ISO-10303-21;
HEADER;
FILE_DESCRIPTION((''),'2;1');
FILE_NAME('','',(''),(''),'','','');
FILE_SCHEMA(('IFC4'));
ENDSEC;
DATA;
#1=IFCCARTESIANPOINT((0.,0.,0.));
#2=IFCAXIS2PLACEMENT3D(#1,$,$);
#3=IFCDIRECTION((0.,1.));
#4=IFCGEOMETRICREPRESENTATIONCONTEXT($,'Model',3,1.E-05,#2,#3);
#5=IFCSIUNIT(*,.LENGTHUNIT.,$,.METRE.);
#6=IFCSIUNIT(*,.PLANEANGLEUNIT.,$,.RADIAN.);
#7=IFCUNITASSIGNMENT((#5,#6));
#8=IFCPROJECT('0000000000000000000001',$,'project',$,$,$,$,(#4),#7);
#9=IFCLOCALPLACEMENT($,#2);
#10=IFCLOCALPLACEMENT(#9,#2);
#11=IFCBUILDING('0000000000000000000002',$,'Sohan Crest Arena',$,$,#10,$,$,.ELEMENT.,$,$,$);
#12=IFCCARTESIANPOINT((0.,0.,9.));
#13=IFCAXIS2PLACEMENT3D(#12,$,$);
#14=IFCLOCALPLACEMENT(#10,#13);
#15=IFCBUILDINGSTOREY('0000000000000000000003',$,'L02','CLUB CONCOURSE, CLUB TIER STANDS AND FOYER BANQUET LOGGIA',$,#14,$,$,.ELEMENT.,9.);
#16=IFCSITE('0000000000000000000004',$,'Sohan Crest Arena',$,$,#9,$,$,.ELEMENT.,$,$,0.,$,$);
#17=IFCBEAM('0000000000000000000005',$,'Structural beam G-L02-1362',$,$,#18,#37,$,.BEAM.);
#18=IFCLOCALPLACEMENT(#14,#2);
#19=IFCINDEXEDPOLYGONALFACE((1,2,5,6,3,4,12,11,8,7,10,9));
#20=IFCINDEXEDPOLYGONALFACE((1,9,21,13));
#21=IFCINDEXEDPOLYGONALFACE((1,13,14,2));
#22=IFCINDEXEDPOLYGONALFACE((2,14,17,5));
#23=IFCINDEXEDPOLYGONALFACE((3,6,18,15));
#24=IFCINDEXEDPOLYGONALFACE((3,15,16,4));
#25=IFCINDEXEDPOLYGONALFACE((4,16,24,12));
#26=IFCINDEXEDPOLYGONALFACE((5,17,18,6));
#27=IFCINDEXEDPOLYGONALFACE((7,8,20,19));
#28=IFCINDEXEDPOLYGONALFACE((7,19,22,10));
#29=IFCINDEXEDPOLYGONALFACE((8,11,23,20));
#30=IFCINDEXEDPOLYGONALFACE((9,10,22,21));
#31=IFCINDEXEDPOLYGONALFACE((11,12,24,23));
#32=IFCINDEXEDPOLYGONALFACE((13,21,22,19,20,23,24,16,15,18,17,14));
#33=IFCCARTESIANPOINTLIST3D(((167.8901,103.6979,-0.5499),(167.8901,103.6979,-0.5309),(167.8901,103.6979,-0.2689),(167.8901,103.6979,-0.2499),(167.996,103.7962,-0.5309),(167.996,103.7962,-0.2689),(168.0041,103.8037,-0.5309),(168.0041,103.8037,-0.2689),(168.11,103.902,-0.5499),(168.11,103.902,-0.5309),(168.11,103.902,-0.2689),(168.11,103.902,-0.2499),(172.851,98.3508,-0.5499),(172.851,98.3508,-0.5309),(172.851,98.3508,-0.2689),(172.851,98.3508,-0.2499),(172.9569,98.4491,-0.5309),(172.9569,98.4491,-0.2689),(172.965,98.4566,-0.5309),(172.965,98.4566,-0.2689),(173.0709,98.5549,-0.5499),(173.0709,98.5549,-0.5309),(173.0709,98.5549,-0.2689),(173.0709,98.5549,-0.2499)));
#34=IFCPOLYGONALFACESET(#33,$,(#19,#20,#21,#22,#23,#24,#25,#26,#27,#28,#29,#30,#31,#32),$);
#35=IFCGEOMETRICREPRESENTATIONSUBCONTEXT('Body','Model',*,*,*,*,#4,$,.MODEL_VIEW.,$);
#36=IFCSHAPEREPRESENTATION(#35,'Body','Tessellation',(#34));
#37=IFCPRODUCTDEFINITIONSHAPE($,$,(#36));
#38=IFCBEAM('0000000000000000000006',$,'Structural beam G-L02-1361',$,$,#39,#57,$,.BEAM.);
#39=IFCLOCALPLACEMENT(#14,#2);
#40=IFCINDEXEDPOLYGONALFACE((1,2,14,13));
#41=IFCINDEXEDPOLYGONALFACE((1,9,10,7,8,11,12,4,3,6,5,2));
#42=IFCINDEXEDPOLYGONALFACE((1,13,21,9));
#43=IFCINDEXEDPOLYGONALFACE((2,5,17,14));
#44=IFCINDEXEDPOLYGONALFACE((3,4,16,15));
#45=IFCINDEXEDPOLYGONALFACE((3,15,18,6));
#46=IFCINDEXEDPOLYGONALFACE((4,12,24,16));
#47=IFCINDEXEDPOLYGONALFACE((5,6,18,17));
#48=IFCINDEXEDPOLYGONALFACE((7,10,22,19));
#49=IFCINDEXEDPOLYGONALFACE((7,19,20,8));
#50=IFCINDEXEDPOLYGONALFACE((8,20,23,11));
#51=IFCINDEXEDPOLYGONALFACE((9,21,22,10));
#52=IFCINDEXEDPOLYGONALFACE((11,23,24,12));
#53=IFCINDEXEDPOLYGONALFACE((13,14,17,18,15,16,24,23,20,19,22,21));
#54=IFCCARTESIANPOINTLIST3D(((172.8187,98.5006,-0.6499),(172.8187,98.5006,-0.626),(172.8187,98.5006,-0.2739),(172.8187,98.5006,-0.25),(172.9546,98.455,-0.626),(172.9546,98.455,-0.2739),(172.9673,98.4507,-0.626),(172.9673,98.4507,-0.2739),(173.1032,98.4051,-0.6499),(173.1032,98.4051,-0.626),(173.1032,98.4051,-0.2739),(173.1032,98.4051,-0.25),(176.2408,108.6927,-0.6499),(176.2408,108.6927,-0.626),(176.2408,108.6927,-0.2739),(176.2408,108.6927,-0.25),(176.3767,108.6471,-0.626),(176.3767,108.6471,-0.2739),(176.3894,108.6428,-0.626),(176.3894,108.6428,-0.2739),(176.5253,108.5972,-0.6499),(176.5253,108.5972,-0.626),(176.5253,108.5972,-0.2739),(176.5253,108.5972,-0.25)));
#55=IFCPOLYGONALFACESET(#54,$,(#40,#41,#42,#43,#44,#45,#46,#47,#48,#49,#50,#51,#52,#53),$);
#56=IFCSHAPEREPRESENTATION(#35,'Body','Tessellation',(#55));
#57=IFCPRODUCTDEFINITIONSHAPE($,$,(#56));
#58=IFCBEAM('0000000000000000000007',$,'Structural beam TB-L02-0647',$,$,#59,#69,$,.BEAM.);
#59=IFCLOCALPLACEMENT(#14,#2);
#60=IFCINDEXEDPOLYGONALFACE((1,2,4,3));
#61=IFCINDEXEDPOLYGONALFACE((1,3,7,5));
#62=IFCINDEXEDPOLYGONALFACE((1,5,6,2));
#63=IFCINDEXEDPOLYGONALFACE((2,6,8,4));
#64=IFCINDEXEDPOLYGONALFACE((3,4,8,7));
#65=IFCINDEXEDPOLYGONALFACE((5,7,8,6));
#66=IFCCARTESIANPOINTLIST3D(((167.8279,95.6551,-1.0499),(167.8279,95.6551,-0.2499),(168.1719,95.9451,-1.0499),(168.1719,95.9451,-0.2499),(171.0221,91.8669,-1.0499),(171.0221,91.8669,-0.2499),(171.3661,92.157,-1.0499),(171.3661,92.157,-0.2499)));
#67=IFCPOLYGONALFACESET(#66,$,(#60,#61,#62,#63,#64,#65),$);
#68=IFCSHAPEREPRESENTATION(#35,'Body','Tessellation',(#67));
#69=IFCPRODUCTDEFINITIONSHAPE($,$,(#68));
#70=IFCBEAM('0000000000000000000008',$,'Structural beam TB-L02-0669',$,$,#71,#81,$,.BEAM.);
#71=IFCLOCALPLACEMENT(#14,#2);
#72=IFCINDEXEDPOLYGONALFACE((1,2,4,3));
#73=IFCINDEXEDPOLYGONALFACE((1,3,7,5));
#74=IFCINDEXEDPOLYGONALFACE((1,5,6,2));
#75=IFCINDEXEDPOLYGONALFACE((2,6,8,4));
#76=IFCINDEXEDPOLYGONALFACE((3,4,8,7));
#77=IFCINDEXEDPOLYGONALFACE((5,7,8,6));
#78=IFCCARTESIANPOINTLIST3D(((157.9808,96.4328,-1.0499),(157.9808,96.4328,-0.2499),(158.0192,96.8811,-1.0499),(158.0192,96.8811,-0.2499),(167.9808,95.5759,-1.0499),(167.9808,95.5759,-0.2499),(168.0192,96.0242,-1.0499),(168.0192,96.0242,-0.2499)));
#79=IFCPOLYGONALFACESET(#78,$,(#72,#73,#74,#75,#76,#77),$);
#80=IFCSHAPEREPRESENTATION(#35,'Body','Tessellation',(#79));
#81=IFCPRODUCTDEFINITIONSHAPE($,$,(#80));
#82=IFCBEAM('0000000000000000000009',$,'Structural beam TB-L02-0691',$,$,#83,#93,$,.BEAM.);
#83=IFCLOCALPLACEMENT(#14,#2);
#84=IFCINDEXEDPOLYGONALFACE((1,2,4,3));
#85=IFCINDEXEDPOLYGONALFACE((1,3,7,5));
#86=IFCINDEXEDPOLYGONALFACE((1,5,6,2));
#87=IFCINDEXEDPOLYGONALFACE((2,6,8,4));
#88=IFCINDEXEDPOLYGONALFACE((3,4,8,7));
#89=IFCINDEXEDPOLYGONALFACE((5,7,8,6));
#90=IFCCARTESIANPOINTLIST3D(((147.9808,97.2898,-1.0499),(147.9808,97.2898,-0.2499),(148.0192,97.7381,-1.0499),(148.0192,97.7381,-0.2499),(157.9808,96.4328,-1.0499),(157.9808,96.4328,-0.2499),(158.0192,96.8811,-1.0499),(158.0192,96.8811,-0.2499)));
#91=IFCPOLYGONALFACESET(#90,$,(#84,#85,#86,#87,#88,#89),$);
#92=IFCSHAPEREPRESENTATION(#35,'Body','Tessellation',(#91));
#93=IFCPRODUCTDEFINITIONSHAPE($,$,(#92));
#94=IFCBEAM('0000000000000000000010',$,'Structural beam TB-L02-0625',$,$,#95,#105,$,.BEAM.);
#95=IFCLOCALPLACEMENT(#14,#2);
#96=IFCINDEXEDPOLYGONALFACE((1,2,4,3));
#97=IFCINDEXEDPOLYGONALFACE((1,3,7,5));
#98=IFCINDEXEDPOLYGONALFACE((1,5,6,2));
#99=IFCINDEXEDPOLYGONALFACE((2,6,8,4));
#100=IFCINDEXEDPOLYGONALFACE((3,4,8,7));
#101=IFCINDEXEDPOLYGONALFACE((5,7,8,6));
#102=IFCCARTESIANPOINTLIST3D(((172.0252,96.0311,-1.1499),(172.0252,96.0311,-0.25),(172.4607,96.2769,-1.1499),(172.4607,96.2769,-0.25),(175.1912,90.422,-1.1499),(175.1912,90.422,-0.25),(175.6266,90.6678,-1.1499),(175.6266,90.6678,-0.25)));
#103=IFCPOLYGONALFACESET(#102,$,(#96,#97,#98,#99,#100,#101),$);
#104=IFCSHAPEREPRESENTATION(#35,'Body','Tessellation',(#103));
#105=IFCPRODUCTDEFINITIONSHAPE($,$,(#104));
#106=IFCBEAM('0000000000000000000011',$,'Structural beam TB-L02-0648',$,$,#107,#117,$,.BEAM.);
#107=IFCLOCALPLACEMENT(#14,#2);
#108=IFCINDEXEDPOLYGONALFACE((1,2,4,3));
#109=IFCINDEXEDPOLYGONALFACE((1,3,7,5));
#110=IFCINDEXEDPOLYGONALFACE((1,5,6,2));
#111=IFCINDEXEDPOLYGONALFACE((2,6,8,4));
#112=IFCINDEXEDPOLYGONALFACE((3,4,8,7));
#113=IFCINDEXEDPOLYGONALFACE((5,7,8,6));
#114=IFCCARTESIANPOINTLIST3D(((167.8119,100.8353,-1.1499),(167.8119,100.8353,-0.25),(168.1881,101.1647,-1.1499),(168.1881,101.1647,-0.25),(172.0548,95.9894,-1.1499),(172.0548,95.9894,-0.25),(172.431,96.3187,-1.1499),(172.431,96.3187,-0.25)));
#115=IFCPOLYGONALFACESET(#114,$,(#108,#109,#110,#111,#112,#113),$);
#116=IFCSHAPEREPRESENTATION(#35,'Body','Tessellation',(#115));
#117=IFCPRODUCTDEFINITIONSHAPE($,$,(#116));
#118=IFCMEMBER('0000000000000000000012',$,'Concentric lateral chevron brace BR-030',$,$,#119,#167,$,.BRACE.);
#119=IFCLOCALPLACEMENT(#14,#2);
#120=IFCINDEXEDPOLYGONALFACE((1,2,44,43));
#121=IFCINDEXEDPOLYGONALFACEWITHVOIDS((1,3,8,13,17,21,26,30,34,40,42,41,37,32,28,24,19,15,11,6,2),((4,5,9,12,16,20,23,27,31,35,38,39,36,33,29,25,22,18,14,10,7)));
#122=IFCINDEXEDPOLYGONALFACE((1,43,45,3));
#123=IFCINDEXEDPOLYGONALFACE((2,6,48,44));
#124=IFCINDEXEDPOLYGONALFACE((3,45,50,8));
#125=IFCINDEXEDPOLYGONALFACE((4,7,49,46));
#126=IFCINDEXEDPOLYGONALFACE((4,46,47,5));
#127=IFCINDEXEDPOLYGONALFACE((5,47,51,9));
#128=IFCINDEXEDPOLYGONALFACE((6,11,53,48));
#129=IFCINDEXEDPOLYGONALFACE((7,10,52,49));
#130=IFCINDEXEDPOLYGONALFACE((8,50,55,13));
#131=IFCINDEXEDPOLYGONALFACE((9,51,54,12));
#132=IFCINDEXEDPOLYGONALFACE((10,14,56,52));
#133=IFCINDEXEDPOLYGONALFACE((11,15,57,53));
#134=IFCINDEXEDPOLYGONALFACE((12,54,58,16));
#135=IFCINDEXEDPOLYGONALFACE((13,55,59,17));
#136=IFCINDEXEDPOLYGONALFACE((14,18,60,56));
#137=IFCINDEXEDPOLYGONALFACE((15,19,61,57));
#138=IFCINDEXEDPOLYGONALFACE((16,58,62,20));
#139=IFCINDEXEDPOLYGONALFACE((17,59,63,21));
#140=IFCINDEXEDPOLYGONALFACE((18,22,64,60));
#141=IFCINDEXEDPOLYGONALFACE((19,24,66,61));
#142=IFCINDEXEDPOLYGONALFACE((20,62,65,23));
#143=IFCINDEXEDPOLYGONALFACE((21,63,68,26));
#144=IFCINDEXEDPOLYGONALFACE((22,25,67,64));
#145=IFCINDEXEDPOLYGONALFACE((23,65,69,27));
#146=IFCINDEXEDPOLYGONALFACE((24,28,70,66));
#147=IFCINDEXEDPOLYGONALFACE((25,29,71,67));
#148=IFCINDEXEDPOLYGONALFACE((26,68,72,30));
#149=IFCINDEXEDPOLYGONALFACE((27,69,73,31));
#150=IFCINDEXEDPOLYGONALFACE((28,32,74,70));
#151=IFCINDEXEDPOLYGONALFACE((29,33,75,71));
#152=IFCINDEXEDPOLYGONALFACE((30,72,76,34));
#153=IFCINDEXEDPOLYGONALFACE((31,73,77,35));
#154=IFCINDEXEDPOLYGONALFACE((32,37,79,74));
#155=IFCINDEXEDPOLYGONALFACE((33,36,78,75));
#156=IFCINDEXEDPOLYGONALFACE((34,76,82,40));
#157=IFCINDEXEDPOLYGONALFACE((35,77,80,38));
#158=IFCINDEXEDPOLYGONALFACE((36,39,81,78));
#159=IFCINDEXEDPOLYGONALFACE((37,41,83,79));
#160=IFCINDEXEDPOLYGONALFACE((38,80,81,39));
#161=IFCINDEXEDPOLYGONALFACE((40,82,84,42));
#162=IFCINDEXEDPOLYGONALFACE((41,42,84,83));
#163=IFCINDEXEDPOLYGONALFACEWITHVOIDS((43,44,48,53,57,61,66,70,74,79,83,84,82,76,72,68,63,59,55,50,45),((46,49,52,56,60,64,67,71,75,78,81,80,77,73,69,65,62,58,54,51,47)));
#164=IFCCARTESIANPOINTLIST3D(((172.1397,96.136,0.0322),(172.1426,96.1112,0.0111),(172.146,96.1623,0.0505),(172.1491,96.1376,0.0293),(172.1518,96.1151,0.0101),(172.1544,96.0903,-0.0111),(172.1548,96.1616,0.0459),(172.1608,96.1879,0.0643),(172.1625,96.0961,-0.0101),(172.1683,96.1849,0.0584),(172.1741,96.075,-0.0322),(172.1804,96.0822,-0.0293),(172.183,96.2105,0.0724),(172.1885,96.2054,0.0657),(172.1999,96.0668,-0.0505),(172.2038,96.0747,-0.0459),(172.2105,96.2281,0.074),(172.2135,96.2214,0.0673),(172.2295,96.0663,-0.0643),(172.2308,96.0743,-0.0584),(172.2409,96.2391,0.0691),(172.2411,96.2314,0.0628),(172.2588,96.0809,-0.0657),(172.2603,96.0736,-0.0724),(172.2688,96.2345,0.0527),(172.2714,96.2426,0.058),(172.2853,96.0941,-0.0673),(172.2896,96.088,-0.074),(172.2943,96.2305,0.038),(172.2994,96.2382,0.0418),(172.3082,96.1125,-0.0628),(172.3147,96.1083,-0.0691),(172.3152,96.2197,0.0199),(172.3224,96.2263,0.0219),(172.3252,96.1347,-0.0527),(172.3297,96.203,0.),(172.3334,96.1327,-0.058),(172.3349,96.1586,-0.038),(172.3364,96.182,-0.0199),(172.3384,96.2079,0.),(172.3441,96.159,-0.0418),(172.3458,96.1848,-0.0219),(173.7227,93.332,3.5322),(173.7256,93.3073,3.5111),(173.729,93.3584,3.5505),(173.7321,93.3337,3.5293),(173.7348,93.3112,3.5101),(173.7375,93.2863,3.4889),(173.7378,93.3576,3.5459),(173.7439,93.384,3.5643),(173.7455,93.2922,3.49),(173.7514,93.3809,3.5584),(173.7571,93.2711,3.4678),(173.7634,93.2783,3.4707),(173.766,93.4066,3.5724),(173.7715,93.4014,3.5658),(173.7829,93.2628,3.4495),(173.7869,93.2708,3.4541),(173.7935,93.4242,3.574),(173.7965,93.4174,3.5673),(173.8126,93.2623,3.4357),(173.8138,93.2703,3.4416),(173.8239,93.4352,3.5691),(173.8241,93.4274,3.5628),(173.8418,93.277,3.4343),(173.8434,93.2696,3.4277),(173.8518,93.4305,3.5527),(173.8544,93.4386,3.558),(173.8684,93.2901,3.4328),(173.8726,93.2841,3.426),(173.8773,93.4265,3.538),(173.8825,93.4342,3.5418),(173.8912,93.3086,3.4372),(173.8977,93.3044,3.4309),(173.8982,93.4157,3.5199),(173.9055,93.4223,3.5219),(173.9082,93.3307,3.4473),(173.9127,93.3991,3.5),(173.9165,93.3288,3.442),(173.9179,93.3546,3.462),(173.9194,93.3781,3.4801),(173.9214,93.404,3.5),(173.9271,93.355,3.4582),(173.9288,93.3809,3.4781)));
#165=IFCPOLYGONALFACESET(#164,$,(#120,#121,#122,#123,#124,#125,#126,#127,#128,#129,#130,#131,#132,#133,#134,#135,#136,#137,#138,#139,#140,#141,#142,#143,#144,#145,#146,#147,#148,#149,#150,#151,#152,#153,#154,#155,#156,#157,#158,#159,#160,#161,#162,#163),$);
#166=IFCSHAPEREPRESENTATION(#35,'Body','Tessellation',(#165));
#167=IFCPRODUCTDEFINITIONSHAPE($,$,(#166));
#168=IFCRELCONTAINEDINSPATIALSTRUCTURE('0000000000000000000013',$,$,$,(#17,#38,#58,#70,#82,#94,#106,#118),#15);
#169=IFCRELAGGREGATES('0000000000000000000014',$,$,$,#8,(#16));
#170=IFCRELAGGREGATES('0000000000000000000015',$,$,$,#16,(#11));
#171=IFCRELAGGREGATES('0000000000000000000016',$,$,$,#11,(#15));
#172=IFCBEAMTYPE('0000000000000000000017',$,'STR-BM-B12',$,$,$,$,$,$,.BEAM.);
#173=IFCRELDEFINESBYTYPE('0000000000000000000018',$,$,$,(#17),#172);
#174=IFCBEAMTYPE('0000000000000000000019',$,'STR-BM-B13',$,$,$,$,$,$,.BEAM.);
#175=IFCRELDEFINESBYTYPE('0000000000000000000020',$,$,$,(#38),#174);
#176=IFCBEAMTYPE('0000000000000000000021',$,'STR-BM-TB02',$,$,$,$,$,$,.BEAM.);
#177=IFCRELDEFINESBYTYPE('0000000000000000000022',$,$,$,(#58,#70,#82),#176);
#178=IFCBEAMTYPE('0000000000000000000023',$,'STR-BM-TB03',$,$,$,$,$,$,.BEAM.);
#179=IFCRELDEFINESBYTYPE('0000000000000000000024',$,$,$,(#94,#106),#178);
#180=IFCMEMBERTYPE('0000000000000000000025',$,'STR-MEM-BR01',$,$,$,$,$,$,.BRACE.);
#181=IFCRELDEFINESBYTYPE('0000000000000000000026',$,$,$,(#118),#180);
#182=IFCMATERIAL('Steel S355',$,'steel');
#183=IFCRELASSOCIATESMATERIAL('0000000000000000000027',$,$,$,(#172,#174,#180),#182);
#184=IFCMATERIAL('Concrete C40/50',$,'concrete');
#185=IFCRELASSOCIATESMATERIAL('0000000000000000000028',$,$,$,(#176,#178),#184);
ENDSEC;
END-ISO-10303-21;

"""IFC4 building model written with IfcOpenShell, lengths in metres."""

from ifc_helpers import new_model, si_unit, direction, frame, origin, origin_2d, place, context, subcontext, project, spatial, rectangle, hollow_circle, i_section, extrude, material, material_profile, profile_set, type_object, element, save


model = new_model("IFC4")

# Units and contexts
model_context = context("Model", 3, precision=1e-05, world=origin(), true_north=direction((0.0, 1.0)))
body_context = subcontext(model_context, "Body", "Model", "MODEL_VIEW")
ifc_project = project(units=[si_unit("LENGTHUNIT", "METRE"), si_unit("PLANEANGLEUNIT", "RADIAN")], contexts=[model_context])

# Site, building, storey
site_placement = place(None, origin())
site = spatial("IfcSite", under=ifc_project, at=site_placement, Name="Sohan Crest Arena", CompositionType="ELEMENT", RefElevation=0.0)
building_placement = place(site_placement, origin())
building = spatial("IfcBuilding", under=site, at=building_placement, Name="Sohan Crest Arena", CompositionType="ELEMENT")
storey_placement = place(building_placement, frame((0.0, 0.0, 9.0)))
storey = spatial("IfcBuildingStorey", under=building, at=storey_placement, Name="L02", Description="CLUB CONCOURSE, CLUB TIER STANDS AND FOYER BANQUET LOGGIA", CompositionType="ELEMENT", Elevation=9.0)

# Shared definitions
ifc_material_1 = material(Name="Concrete C40/50", Category="concrete")
ifc_material_2 = material(Name="Steel S355", Category="steel")

# Beams
ifc_material_profile_1 = material_profile(ifc_material_2, i_section(OverallWidth=0.3, OverallDepth=0.3, WebThickness=0.011, FlangeThickness=0.019, at=origin_2d()), Name="HEB 300")
ifc_profile_set_1 = profile_set([ifc_material_profile_1], Name="Steel S355")
beam_type_1 = type_object("IfcBeamType", Name="STR-BM-B12", PredefinedType="BEAM", material=ifc_profile_set_1)
beam_1_placement = place(storey_placement, frame((172.9609, 98.4529, -0.3999), z_axis=(-0.680135, 0.733087, 0.0), x_axis=(-0.733087, -0.680135, 0.0)))
element("IfcBeam", 1, at=beam_1_placement, inside=storey, type_object=beam_type_1, Name="Structural beam G-L02-1362", PredefinedType="BEAM", context=body_context, shape_type="SweptSolid", body=[
    extrude(i_section(OverallWidth=0.3, OverallDepth=0.3, WebThickness=0.011, FlangeThickness=0.019, at=origin_2d()), origin(), (0.0, 0.0, 1.0), 7.2939),
])
ifc_material_profile_2 = material_profile(ifc_material_2, i_section(OverallWidth=0.3, OverallDepth=0.3999, WebThickness=0.0134, FlangeThickness=0.0239, at=origin_2d()), Name="HEB 400")
ifc_profile_set_2 = profile_set([ifc_material_profile_2], Name="Steel S355")
beam_type_2 = type_object("IfcBeamType", Name="STR-BM-B13", PredefinedType="BEAM", material=ifc_profile_set_2)
beam_2_placement = place(storey_placement, frame((172.9609, 98.4529, -0.45), z_axis=(0.318298, 0.947991, 0.0), x_axis=(-0.947991, 0.318298, 0.0)))
element("IfcBeam", 2, at=beam_2_placement, inside=storey, type_object=beam_type_2, Name="Structural beam G-L02-1361", PredefinedType="BEAM", context=body_context, shape_type="SweptSolid", body=[
    extrude(i_section(OverallWidth=0.3, OverallDepth=0.3999, WebThickness=0.0134, FlangeThickness=0.0239, at=origin_2d()), origin(), (0.0, 0.0, 1.0), 10.7512),
])
ifc_material_profile_3 = material_profile(ifc_material_1, rectangle(XDim=0.45, YDim=0.8, at=origin_2d()), Name="RC-BM 450x800")
ifc_profile_set_3 = profile_set([ifc_material_profile_3], Name="Concrete C40/50")
beam_type_3 = type_object("IfcBeamType", Name="STR-BM-TB02", PredefinedType="BEAM", material=ifc_profile_set_3)
beam_3_placement = place(storey_placement, frame((171.1941, 92.012, -0.6499), z_axis=(-0.644623, 0.764501, 0.0), x_axis=(-0.764501, -0.644623, 0.0)))
element("IfcBeam", 3, at=beam_3_placement, inside=storey, type_object=beam_type_3, Name="Structural beam TB-L02-0647", PredefinedType="BEAM", context=body_context, shape_type="SweptSolid", body=[
    extrude(rectangle(XDim=0.45, YDim=0.8, at=origin_2d()), origin(), (0.0, 0.0, 1.0), 4.9551),
])
for number, where, z_axis, x_axis, name in (
    (4, (168.0, 95.8, -0.6499), (-0.996348, 0.08538, 0.0), (-0.08538, -0.996348, 0.0), "Structural beam TB-L02-0669"),
    (5, (158.0, 96.657, -0.6499), (-0.996348, 0.08538, 0.0), (-0.08538, -0.996348, 0.0), "Structural beam TB-L02-0691"),
):
    element("IfcBeam", number, at=place(storey_placement, frame(where, z_axis=z_axis, x_axis=x_axis)), inside=storey, type_object=beam_type_3, Name=name, PredefinedType="BEAM", context=body_context, shape_type="SweptSolid", body=[
        extrude(rectangle(XDim=0.45, YDim=0.8, at=origin_2d()), origin(), (0.0, 0.0, 1.0), 10.0366),
    ])
ifc_material_profile_4 = material_profile(ifc_material_1, rectangle(XDim=0.5, YDim=0.8999, at=origin_2d()), Name="RC-BM 500x900")
ifc_profile_set_4 = profile_set([ifc_material_profile_4], Name="Concrete C40/50")
beam_type_4 = type_object("IfcBeamType", Name="STR-BM-TB03", PredefinedType="BEAM", material=ifc_profile_set_4)
for number, where, z_axis, x_axis, name in (
    (6, (175.4089, 90.5449, -0.7), (-0.491544, 0.870853, 0.0), (-0.870853, -0.491544, 0.0), "Structural beam TB-L02-0625"),
    (7, (172.2429, 96.1541, -0.7), (-0.658743, 0.752368, 0.0), (-0.752368, -0.658743, 0.0), "Structural beam TB-L02-0648"),
):
    element("IfcBeam", number, at=place(storey_placement, frame(where, z_axis=z_axis, x_axis=x_axis)), inside=storey, type_object=beam_type_4, Name=name, PredefinedType="BEAM", context=body_context, shape_type="SweptSolid", body=[
        extrude(rectangle(XDim=0.5, YDim=0.8999, at=origin_2d()), origin(), (0.0, 0.0, 1.0), 6.4409),
    ])

# Member
ifc_material_profile_5 = material_profile(ifc_material_2, hollow_circle(Radius=0.1096, WallThickness=0.01, at=origin_2d()), Name="CHS 219.1x10")
ifc_profile_set_5 = profile_set([ifc_material_profile_5], Name="Steel S355")
member_type_1 = type_object("IfcMemberType", Name="STR-MEM-BR01", PredefinedType="BRACE", material=ifc_profile_set_5)
member_1_placement = place(storey_placement, frame((172.2429, 96.1541, 0.0), z_axis=(0.332855, -0.589581, 0.735936), x_axis=(0.870807, 0.491625, 0.0)))
element("IfcMember", 8, at=member_1_placement, inside=storey, type_object=member_type_1, Name="Concentric lateral chevron brace BR-030", PredefinedType="BRACE", context=body_context, shape_type="SweptSolid", body=[
    extrude(hollow_circle(Radius=0.1096, WallThickness=0.01, at=origin_2d()), origin(), (0.0, 0.0, 1.0), 4.7559),
])

save(model, "model.ifc")
